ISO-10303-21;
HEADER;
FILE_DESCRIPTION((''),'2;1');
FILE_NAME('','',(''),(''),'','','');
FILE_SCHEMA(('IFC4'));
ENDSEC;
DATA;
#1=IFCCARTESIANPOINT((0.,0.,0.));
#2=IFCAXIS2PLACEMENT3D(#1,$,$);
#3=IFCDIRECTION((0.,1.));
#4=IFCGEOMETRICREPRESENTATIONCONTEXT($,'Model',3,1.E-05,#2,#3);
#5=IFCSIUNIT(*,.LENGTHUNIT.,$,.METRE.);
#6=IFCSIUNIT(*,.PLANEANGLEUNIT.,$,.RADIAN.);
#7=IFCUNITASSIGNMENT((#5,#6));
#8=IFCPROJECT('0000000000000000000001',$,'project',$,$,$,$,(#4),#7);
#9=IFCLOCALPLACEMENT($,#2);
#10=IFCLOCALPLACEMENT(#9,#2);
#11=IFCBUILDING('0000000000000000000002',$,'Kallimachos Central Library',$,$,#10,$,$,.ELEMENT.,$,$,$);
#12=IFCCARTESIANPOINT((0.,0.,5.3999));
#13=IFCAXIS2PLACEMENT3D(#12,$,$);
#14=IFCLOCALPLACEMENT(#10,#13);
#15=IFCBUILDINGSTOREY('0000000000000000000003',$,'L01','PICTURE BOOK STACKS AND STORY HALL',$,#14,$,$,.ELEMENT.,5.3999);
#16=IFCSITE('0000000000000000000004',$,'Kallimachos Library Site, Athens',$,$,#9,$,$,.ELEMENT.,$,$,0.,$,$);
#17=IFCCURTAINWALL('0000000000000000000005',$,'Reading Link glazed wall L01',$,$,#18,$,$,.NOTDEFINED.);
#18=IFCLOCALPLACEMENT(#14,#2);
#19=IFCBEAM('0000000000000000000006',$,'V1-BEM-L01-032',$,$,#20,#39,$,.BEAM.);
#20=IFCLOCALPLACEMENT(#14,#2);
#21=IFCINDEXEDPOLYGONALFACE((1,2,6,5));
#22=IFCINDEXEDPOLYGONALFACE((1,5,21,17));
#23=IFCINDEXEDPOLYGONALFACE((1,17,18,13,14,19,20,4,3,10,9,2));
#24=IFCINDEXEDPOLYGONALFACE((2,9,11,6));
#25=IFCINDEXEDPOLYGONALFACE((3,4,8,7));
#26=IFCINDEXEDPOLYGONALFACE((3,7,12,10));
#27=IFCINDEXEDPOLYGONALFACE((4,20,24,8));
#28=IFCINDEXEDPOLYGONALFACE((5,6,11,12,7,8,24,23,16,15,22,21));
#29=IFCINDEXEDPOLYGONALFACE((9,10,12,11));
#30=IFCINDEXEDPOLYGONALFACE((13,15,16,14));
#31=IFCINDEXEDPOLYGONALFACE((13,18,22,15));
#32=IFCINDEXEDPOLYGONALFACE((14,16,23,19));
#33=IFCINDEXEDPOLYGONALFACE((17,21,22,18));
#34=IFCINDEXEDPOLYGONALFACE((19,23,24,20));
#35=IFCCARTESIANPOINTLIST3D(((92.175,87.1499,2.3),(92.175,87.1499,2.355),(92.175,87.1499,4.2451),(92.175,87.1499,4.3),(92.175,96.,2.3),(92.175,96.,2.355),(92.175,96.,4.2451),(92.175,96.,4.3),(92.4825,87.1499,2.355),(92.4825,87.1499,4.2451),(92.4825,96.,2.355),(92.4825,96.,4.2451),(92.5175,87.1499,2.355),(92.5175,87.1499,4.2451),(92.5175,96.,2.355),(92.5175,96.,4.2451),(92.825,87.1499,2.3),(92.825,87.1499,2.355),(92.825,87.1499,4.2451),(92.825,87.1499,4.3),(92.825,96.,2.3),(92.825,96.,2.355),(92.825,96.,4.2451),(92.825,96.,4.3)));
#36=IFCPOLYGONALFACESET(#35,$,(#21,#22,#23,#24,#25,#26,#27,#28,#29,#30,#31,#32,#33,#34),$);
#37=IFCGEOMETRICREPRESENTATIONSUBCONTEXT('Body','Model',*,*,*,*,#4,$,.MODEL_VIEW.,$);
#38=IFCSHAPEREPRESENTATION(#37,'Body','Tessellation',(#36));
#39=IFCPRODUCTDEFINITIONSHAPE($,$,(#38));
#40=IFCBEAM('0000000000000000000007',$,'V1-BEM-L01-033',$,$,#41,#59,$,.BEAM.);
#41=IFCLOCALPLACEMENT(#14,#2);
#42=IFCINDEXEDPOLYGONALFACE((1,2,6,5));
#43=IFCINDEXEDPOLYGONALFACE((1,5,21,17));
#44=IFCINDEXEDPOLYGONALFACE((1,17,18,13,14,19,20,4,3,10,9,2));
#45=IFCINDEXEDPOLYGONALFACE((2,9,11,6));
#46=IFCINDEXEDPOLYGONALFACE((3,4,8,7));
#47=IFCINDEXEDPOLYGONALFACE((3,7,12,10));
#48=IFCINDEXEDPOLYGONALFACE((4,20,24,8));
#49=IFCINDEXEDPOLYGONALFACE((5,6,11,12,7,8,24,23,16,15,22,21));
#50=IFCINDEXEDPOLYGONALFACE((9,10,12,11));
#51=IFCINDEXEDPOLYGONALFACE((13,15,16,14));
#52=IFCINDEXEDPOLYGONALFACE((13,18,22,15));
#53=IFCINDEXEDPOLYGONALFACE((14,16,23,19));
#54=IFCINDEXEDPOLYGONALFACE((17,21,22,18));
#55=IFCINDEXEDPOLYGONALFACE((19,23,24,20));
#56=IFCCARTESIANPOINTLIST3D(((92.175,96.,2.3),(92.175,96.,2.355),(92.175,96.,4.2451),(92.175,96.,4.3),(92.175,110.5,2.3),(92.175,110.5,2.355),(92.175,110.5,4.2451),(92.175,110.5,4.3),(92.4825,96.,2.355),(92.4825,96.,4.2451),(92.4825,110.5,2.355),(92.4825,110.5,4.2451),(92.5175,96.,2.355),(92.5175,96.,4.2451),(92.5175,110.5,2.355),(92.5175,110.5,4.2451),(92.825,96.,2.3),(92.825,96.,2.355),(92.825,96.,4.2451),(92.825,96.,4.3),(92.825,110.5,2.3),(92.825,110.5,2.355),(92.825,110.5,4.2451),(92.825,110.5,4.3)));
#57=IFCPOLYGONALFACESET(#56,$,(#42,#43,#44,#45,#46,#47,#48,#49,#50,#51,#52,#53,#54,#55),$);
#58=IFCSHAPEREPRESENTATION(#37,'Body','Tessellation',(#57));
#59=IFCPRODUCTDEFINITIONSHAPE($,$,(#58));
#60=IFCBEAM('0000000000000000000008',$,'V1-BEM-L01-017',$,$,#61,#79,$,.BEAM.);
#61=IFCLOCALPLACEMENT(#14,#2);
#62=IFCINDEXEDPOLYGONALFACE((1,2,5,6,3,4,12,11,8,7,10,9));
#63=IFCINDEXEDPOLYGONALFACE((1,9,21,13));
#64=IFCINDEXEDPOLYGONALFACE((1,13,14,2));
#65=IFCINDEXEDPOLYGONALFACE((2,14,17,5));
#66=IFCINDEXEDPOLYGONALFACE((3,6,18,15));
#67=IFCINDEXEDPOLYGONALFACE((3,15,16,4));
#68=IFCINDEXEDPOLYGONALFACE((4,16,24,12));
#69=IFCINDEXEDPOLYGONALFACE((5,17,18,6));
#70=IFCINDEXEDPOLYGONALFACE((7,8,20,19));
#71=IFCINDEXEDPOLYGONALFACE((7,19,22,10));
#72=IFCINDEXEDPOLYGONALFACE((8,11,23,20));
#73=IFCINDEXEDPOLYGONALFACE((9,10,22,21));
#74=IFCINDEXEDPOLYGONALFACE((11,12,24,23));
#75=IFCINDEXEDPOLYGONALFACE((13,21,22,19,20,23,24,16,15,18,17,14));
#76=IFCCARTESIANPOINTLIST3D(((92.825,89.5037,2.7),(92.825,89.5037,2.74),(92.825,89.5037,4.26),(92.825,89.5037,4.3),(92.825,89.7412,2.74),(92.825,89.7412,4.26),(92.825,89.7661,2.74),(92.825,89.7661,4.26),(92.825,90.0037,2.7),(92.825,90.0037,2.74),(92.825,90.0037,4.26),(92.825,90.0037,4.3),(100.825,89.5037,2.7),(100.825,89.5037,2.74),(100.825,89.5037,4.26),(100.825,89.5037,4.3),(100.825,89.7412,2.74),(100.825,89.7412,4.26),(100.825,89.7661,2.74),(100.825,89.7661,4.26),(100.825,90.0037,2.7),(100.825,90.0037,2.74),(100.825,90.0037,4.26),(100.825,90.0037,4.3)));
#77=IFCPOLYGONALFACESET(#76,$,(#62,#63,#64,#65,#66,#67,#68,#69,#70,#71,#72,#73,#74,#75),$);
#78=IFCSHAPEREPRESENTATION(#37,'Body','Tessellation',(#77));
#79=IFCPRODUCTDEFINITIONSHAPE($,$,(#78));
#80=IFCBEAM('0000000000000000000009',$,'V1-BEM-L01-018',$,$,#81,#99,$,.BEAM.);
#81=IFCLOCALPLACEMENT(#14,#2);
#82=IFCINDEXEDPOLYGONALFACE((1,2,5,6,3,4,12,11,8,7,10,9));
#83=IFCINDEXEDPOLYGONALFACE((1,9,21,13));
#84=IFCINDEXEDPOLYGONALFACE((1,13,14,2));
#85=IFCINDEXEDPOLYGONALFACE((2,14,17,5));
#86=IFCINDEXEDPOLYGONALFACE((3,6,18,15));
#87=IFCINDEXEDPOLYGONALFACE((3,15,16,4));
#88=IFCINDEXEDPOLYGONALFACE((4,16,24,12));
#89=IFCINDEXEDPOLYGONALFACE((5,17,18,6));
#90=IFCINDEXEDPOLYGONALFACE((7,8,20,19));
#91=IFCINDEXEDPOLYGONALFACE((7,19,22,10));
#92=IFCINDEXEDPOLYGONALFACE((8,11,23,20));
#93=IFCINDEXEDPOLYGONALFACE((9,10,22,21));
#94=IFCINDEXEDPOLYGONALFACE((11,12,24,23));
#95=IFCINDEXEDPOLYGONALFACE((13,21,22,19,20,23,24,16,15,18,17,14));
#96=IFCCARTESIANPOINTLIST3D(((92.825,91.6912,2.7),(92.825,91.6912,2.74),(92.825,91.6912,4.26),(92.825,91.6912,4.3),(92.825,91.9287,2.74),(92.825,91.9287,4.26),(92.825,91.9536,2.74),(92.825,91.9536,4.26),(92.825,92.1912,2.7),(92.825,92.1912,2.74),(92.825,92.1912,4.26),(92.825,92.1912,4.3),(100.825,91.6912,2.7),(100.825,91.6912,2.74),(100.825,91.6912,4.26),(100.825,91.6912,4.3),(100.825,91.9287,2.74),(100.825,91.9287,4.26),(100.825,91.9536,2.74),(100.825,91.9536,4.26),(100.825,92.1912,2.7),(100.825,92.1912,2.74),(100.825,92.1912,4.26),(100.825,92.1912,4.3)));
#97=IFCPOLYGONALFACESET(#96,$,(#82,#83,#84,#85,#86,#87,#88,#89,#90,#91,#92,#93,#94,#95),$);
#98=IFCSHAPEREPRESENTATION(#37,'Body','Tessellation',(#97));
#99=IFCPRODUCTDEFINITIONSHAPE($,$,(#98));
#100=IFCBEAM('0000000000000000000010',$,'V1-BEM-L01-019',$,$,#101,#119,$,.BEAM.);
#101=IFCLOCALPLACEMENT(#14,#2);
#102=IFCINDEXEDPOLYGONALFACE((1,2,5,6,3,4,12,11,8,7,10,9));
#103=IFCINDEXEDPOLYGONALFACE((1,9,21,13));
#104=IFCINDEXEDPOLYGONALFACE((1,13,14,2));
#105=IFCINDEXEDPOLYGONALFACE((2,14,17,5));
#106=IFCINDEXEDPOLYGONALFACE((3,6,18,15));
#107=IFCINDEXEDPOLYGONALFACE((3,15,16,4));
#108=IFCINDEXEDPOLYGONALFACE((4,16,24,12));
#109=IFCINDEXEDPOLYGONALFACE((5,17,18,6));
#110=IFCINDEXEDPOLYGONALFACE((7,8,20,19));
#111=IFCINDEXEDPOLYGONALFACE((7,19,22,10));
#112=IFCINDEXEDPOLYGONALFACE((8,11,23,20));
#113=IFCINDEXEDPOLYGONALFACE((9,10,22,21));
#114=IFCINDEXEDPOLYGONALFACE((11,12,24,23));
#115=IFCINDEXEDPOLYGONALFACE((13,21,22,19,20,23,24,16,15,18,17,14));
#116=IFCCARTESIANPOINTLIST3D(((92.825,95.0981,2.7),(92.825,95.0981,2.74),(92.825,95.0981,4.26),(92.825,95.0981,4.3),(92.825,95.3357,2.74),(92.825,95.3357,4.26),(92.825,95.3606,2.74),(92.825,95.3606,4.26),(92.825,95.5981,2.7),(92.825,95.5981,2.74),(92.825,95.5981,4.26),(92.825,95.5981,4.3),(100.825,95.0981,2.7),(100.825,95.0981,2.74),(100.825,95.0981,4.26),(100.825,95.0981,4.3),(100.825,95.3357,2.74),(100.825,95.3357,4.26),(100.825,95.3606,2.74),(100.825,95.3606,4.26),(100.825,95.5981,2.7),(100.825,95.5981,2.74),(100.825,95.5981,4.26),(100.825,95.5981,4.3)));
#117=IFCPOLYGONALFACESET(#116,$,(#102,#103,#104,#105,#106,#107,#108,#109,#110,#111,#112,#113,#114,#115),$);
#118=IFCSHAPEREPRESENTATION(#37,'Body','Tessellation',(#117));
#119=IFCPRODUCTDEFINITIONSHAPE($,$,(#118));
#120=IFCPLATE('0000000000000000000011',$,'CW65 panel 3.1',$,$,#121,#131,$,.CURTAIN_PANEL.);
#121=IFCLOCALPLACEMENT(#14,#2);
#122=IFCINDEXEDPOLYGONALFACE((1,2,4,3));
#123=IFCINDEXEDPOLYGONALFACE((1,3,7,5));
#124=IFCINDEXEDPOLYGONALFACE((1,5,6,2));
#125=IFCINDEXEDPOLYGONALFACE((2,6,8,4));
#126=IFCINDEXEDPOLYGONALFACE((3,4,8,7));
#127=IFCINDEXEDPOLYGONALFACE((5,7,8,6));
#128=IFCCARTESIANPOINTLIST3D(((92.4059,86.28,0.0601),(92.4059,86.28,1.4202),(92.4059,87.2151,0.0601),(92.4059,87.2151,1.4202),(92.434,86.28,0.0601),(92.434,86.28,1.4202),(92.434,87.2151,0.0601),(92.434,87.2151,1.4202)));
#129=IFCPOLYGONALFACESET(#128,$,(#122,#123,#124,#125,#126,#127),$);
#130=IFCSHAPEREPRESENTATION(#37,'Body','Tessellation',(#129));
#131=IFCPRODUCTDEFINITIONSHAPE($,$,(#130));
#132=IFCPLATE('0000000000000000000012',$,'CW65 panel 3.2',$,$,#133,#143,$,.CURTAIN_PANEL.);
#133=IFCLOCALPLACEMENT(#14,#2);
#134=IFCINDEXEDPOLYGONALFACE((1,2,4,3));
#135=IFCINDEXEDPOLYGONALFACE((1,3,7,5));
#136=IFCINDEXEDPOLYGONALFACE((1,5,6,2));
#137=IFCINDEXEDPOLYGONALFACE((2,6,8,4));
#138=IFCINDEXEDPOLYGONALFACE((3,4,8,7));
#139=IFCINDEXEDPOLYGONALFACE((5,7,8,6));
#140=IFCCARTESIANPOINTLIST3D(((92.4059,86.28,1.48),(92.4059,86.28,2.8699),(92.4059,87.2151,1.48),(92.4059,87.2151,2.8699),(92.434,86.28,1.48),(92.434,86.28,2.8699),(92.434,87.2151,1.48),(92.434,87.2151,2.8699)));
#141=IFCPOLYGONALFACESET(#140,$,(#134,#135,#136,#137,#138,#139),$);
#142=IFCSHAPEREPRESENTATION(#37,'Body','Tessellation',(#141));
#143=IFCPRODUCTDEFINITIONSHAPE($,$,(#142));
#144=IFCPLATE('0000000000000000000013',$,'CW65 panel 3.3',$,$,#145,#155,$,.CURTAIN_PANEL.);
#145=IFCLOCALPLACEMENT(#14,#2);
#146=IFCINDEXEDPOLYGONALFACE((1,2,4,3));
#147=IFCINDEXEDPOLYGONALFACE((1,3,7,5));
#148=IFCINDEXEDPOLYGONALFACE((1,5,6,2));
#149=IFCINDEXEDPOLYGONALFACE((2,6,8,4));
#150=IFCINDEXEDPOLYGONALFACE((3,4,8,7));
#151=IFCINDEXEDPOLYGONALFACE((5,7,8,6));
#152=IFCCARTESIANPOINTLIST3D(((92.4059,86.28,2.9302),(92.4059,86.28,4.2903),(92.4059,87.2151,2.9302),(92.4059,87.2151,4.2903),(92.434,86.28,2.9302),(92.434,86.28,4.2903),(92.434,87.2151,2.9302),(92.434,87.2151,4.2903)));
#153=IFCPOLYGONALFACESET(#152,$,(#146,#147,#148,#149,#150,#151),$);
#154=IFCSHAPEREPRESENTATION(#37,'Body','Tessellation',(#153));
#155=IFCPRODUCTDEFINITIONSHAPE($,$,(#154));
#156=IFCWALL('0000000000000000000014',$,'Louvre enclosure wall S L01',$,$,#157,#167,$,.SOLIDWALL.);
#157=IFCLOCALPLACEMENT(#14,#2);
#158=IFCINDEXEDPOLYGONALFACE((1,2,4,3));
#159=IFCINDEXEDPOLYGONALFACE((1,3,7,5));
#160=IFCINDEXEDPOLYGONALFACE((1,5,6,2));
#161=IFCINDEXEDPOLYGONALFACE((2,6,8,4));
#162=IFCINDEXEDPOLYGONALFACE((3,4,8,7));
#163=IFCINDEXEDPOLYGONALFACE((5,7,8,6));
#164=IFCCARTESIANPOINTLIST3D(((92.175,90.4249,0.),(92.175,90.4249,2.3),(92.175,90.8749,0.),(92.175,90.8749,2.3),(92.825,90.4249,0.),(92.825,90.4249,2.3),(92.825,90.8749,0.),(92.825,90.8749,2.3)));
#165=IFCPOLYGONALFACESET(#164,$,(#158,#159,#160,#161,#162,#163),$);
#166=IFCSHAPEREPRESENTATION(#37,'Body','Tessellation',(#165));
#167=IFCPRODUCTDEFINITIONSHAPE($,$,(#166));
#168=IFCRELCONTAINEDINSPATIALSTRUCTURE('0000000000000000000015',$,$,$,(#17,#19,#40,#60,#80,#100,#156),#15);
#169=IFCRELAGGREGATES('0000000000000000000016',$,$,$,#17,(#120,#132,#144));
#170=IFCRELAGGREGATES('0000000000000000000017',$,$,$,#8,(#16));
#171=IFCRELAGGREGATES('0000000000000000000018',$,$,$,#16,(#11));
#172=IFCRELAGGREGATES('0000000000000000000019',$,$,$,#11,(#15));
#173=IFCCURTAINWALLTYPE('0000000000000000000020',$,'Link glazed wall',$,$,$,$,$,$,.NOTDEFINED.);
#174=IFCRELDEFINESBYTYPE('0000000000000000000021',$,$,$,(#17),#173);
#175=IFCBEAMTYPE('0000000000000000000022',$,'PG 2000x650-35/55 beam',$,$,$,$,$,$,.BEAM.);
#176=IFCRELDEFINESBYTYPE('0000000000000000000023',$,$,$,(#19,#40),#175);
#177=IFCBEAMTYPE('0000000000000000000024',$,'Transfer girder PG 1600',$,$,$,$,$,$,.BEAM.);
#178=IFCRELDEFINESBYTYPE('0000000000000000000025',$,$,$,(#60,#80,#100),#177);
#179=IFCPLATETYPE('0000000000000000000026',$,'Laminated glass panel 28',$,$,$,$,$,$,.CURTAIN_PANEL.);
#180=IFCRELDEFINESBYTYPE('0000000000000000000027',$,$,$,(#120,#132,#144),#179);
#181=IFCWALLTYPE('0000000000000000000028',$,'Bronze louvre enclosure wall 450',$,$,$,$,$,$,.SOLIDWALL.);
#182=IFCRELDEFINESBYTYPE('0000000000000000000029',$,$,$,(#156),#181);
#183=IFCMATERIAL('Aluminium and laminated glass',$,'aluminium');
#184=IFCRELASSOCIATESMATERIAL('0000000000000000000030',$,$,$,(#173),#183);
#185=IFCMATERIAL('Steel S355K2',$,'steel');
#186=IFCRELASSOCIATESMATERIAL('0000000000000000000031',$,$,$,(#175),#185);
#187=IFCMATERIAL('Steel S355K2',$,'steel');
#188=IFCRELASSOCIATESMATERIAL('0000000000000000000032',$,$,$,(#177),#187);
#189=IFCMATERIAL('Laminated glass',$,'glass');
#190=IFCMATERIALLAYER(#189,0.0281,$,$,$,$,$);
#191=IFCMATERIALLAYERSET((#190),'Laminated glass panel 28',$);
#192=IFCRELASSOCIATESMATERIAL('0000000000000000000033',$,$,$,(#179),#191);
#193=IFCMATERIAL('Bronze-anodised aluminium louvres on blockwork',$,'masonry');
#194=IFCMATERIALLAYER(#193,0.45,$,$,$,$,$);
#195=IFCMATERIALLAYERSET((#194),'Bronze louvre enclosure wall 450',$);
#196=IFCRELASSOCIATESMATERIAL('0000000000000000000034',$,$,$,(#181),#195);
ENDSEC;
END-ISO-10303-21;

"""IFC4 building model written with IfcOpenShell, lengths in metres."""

from ifc_helpers import new_model, si_unit, direction, frame, frame_2d, origin, origin_2d, place, context, subcontext, project, spatial, rectangle, i_section, extrude, material, layer, layer_set, material_profile, profile_set, type_object, element, aggregate, save


model = new_model("IFC4")

# Units and contexts
model_context = context("Model", 3, precision=1e-05, world=origin(), true_north=direction((0.0, 1.0)))
body_context = subcontext(model_context, "Body", "Model", "MODEL_VIEW")
ifc_project = project(units=[si_unit("LENGTHUNIT", "METRE"), si_unit("PLANEANGLEUNIT", "RADIAN")], contexts=[model_context])

# Site, building, storey
site_placement = place(None, origin())
site = spatial("IfcSite", under=ifc_project, at=site_placement, Name="Kallimachos Library Site, Athens", CompositionType="ELEMENT", RefElevation=0.0)
building_placement = place(site_placement, origin())
building = spatial("IfcBuilding", under=site, at=building_placement, Name="Kallimachos Central Library", CompositionType="ELEMENT")
storey_placement = place(building_placement, frame((0.0, 0.0, 5.3999)))
storey = spatial("IfcBuildingStorey", under=building, at=storey_placement, Name="L01", Description="PICTURE BOOK STACKS AND STORY HALL", CompositionType="ELEMENT", Elevation=5.3999)

# Curtain wall
ifc_material_1 = material(Name="Aluminium and laminated glass", Category="aluminium")
curtain_wall_type = type_object("IfcCurtainWallType", Name="Link glazed wall", PredefinedType="NOTDEFINED", material=ifc_material_1)
curtain_wall_placement = place(storey_placement, origin())
curtain_wall = element("IfcCurtainWall", 1, at=curtain_wall_placement, inside=storey, type_object=curtain_wall_type, Name="Reading Link glazed wall L01", PredefinedType="NOTDEFINED")

# Beams
ifc_material_2 = material(Name="Steel S355K2", Category="steel")
ifc_material_profile_1 = material_profile(ifc_material_2, i_section(OverallWidth=0.6499, OverallDepth=2.0, WebThickness=0.0349, FlangeThickness=0.0549, at=origin_2d()), Name="PG 2000x650-35/55")
ifc_profile_set_1 = profile_set([ifc_material_profile_1], Name="Steel S355K2")
beam_type_1 = type_object("IfcBeamType", Name="PG 2000x650-35/55 beam", PredefinedType="BEAM", material=ifc_profile_set_1)
beam_1_placement = place(storey_placement, frame((92.5, 87.1499, 3.3), z_axis=(0.0, 1.0, 0.0), x_axis=(-1.0, 0.0, 0.0)))
element("IfcBeam", 2, at=beam_1_placement, inside=storey, type_object=beam_type_1, Name="V1-BEM-L01-032", PredefinedType="BEAM", context=body_context, shape_type="SweptSolid", body=[
    extrude(i_section(OverallWidth=0.6499, OverallDepth=2.0, WebThickness=0.0349, FlangeThickness=0.0549, at=origin_2d()), origin(), (0.0, 0.0, 1.0), 8.8501),
])
beam_2_placement = place(storey_placement, frame((92.5, 96.0, 3.3), z_axis=(0.0, 1.0, 0.0), x_axis=(-1.0, 0.0, 0.0)))
element("IfcBeam", 3, at=beam_2_placement, inside=storey, type_object=beam_type_1, Name="V1-BEM-L01-033", PredefinedType="BEAM", context=body_context, shape_type="SweptSolid", body=[
    extrude(i_section(OverallWidth=0.6499, OverallDepth=2.0, WebThickness=0.0349, FlangeThickness=0.0549, at=origin_2d()), origin(), (0.0, 0.0, 1.0), 14.5),
])
ifc_material_3 = material(Name="Steel S355K2", Category="steel")
ifc_material_profile_2 = material_profile(ifc_material_3, i_section(OverallWidth=0.5, OverallDepth=1.6001, WebThickness=0.0249, FlangeThickness=0.04, at=origin_2d()), Name="PG 1600x500-25/40")
ifc_profile_set_2 = profile_set([ifc_material_profile_2], Name="Steel S355K2")
beam_type_2 = type_object("IfcBeamType", Name="Transfer girder PG 1600", PredefinedType="BEAM", material=ifc_profile_set_2)
for number, where, z_axis, x_axis, name in (
    (4, (92.825, 89.7537, 3.5), (1.0, 0.0, 0.0), (0.0, 1.0, 0.0), "V1-BEM-L01-017"),
    (5, (92.825, 91.9412, 3.5), (1.0, 0.0, 0.0), (0.0, 1.0, 0.0), "V1-BEM-L01-018"),
    (6, (92.825, 95.3481, 3.5), (1.0, 0.0, 0.0), (0.0, 1.0, 0.0), "V1-BEM-L01-019"),
):
    element("IfcBeam", number, at=place(storey_placement, frame(where, z_axis=z_axis, x_axis=x_axis)), inside=storey, type_object=beam_type_2, Name=name, PredefinedType="BEAM", context=body_context, shape_type="SweptSolid", body=[
        extrude(i_section(OverallWidth=0.5, OverallDepth=1.6001, WebThickness=0.0249, FlangeThickness=0.04, at=origin_2d()), origin(), (0.0, 0.0, 1.0), 8.0),
    ])

# Plates
ifc_material_4 = material(Name="Laminated glass", Category="glass")
ifc_layer_1 = layer(ifc_material_4, 0.0281)
ifc_layer_set_1 = layer_set([ifc_layer_1], Name="Laminated glass panel 28")
plate_type = type_object("IfcPlateType", Name="Laminated glass panel 28", PredefinedType="CURTAIN_PANEL", material=ifc_layer_set_1)
plate_1_placement = place(storey_placement, frame((92.4199, 86.7476, 0.0601), z_axis=(0.0, 0.0, 1.0), x_axis=(0.0, 1.0, 0.0)))
plate_1 = element("IfcPlate", 7, at=plate_1_placement, type_object=plate_type, Name="CW65 panel 3.1", PredefinedType="CURTAIN_PANEL", context=body_context, shape_type="SweptSolid", body=[
    extrude(rectangle(XDim=0.9351, YDim=0.0281, at=origin_2d()), origin(), (0.0, 0.0, 1.0), 1.3601),
])
plate_2_placement = place(storey_placement, frame((92.4199, 86.7476, 1.48), z_axis=(0.0, 0.0, 1.0), x_axis=(0.0, 1.0, 0.0)))
plate_2 = element("IfcPlate", 8, at=plate_2_placement, type_object=plate_type, Name="CW65 panel 3.2", PredefinedType="CURTAIN_PANEL", context=body_context, shape_type="SweptSolid", body=[
    extrude(rectangle(XDim=0.9351, YDim=0.0281, at=origin_2d()), origin(), (0.0, 0.0, 1.0), 1.3899),
])
plate_3_placement = place(storey_placement, frame((92.4199, 86.7476, 2.9302), z_axis=(0.0, 0.0, 1.0), x_axis=(0.0, 1.0, 0.0)))
plate_3 = element("IfcPlate", 9, at=plate_3_placement, type_object=plate_type, Name="CW65 panel 3.3", PredefinedType="CURTAIN_PANEL", context=body_context, shape_type="SweptSolid", body=[
    extrude(rectangle(XDim=0.9351, YDim=0.0281, at=origin_2d()), origin(), (0.0, 0.0, 1.0), 1.3601),
])
aggregate(curtain_wall, [plate_1, plate_2, plate_3])

# Wall
ifc_material_5 = material(Name="Bronze-anodised aluminium louvres on blockwork", Category="masonry")
ifc_layer_2 = layer(ifc_material_5, 0.45)
ifc_layer_set_2 = layer_set([ifc_layer_2], Name="Bronze louvre enclosure wall 450")
wall_type_1 = type_object("IfcWallType", Name="Bronze louvre enclosure wall 450", PredefinedType="SOLIDWALL", material=ifc_layer_set_2)
wall_1_placement = place(storey_placement, frame((92.175, 90.6499, 0.0), z_axis=(0.0, 0.0, 1.0), x_axis=(1.0, 0.0, 0.0)))
element("IfcWall", 10, at=wall_1_placement, inside=storey, type_object=wall_type_1, Name="Louvre enclosure wall S L01", PredefinedType="SOLIDWALL", context=body_context, shape_type="SweptSolid", body=[
    extrude(rectangle(XDim=0.6499, YDim=0.45, at=frame_2d((0.325, 0.0))), origin(), (0.0, 0.0, 1.0), 2.3),
])

save(model, "model.ifc")
